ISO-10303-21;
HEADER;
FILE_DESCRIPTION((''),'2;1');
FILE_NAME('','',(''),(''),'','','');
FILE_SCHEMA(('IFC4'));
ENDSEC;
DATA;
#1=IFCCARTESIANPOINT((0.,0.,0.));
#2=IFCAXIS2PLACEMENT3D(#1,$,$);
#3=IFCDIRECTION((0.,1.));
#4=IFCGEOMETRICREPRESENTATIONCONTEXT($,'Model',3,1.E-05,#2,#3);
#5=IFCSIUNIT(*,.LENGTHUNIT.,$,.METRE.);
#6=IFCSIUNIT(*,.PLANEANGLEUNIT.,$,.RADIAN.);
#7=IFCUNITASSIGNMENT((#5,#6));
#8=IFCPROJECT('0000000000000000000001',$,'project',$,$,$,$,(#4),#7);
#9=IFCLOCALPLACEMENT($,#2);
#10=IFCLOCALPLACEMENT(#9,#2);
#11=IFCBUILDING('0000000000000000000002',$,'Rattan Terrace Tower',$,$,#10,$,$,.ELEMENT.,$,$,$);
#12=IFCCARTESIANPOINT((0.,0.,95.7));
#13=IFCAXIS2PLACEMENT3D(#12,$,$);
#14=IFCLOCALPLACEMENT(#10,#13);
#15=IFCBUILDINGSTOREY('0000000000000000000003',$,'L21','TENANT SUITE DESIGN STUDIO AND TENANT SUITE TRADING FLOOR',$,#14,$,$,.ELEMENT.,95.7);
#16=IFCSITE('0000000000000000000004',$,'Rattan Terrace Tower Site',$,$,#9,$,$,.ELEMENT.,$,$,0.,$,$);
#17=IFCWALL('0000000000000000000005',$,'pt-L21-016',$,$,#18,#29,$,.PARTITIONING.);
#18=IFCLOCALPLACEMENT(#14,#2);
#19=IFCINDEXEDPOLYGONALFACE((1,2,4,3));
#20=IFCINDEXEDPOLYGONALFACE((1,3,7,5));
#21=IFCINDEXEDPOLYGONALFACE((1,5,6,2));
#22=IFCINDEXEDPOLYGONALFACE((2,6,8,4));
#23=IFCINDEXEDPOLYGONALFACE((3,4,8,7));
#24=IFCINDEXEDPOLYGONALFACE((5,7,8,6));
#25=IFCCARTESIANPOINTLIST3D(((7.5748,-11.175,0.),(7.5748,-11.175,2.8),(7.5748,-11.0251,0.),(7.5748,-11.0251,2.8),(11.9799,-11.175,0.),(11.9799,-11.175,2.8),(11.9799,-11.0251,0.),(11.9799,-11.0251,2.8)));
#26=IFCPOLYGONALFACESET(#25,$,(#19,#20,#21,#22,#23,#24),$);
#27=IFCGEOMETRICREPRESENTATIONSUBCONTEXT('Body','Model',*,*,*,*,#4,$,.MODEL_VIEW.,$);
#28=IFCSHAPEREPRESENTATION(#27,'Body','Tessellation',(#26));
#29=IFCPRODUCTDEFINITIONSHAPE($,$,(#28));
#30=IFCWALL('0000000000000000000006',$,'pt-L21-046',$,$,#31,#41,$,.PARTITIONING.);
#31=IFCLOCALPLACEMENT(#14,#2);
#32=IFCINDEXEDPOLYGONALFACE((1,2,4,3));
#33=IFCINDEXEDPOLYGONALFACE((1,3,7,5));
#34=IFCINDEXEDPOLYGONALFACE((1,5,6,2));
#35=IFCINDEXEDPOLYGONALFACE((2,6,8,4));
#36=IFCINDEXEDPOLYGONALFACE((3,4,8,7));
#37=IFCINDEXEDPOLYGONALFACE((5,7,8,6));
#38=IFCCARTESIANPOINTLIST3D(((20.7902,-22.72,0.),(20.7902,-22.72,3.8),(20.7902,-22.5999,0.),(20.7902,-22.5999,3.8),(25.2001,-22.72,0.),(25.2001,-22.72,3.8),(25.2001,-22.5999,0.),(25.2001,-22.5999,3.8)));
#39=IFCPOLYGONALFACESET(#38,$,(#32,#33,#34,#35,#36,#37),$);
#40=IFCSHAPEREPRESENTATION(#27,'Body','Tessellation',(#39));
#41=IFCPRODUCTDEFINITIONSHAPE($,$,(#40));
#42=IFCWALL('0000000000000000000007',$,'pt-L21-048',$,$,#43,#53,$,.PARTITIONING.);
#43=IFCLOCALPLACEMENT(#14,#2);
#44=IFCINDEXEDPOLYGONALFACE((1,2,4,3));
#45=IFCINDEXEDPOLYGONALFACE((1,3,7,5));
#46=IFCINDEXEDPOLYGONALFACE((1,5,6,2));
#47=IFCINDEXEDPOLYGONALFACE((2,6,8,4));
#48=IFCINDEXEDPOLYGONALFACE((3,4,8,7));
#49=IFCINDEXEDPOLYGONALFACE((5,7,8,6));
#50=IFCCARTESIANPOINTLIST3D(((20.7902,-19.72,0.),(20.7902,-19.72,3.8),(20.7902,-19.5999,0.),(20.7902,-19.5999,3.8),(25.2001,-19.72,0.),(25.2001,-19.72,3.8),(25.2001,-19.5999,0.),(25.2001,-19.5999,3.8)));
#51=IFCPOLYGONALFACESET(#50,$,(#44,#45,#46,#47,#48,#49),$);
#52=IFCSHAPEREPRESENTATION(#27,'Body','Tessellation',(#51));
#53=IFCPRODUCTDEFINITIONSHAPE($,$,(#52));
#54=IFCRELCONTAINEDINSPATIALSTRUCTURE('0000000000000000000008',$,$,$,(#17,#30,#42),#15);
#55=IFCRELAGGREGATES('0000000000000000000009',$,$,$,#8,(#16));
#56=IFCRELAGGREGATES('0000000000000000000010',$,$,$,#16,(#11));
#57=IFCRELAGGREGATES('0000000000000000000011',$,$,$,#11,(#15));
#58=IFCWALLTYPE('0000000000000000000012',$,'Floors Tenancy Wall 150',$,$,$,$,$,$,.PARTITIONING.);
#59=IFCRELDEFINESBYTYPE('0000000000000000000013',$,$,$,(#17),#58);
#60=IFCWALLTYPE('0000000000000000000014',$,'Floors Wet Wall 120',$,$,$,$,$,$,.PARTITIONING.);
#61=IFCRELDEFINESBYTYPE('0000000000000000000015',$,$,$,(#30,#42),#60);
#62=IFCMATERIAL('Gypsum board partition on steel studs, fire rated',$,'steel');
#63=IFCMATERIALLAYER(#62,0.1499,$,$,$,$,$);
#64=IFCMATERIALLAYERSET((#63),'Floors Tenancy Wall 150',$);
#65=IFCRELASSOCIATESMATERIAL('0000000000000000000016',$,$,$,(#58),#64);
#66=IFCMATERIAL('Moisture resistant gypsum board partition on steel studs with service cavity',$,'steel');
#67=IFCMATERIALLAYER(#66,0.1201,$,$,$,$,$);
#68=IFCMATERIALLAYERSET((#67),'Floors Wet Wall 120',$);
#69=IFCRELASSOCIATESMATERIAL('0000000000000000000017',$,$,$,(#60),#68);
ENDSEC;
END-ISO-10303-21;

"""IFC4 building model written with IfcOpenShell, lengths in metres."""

from ifc_helpers import new_model, si_unit, direction, frame, frame_2d, origin, place, context, subcontext, project, spatial, rectangle, extrude, material, layer, layer_set, type_object, element, save


model = new_model("IFC4")

# Units and contexts
model_context = context("Model", 3, precision=1e-05, world=origin(), true_north=direction((0.0, 1.0)))
body_context = subcontext(model_context, "Body", "Model", "MODEL_VIEW")
ifc_project = project(units=[si_unit("LENGTHUNIT", "METRE"), si_unit("PLANEANGLEUNIT", "RADIAN")], contexts=[model_context])

# Site, building, storey
site_placement = place(None, origin())
site = spatial("IfcSite", under=ifc_project, at=site_placement, Name="Rattan Terrace Tower Site", CompositionType="ELEMENT", RefElevation=0.0)
building_placement = place(site_placement, origin())
building = spatial("IfcBuilding", under=site, at=building_placement, Name="Rattan Terrace Tower", CompositionType="ELEMENT")
storey_placement = place(building_placement, frame((0.0, 0.0, 95.7)))
storey = spatial("IfcBuildingStorey", under=building, at=storey_placement, Name="L21", Description="TENANT SUITE DESIGN STUDIO AND TENANT SUITE TRADING FLOOR", CompositionType="ELEMENT", Elevation=95.7)

# Shared definitions
ifc_material_1 = material(Name="Gypsum board partition on steel studs, fire rated", Category="steel")
ifc_layer_1 = layer(ifc_material_1, 0.1499)
ifc_layer_set_1 = layer_set([ifc_layer_1], Name="Floors Tenancy Wall 150")
wall_type_1 = type_object("IfcWallType", Name="Floors Tenancy Wall 150", PredefinedType="PARTITIONING", material=ifc_layer_set_1)

# Walls
wall_1_placement = place(storey_placement, frame((11.98, -11.1001, 0.0), z_axis=(0.0, 0.0, 1.0), x_axis=(-1.0, 0.0, 0.0)))
element("IfcWall", 1, at=wall_1_placement, inside=storey, type_object=wall_type_1, Name="pt-L21-016", PredefinedType="PARTITIONING", context=body_context, shape_type="SweptSolid", body=[
    extrude(rectangle(XDim=4.405, YDim=0.1499, at=frame_2d((2.2026, 0.0))), origin(), (0.0, 0.0, 1.0), 2.8),
])
ifc_material_2 = material(Name="Moisture resistant gypsum board partition on steel studs with service cavity", Category="steel")
ifc_layer_2 = layer(ifc_material_2, 0.1201)
ifc_layer_set_2 = layer_set([ifc_layer_2], Name="Floors Wet Wall 120")
wall_type_2 = type_object("IfcWallType", Name="Floors Wet Wall 120", PredefinedType="PARTITIONING", material=ifc_layer_set_2)
for number, where, z_axis, x_axis, name in (
    (2, (20.79, -22.6599, 0.0), (0.0, 0.0, 1.0), (1.0, 0.0, 0.0), "pt-L21-046"),
    (3, (20.79, -19.6599, 0.0), (0.0, 0.0, 1.0), (1.0, 0.0, 0.0), "pt-L21-048"),
):
    element("IfcWall", number, at=place(storey_placement, frame(where, z_axis=z_axis, x_axis=x_axis)), inside=storey, type_object=wall_type_2, Name=name, PredefinedType="PARTITIONING", context=body_context, shape_type="SweptSolid", body=[
        extrude(rectangle(XDim=4.4099, YDim=0.1201, at=frame_2d((2.2051, 0.0))), origin(), (0.0, 0.0, 1.0), 3.8),
    ])

save(model, "model.ifc")
